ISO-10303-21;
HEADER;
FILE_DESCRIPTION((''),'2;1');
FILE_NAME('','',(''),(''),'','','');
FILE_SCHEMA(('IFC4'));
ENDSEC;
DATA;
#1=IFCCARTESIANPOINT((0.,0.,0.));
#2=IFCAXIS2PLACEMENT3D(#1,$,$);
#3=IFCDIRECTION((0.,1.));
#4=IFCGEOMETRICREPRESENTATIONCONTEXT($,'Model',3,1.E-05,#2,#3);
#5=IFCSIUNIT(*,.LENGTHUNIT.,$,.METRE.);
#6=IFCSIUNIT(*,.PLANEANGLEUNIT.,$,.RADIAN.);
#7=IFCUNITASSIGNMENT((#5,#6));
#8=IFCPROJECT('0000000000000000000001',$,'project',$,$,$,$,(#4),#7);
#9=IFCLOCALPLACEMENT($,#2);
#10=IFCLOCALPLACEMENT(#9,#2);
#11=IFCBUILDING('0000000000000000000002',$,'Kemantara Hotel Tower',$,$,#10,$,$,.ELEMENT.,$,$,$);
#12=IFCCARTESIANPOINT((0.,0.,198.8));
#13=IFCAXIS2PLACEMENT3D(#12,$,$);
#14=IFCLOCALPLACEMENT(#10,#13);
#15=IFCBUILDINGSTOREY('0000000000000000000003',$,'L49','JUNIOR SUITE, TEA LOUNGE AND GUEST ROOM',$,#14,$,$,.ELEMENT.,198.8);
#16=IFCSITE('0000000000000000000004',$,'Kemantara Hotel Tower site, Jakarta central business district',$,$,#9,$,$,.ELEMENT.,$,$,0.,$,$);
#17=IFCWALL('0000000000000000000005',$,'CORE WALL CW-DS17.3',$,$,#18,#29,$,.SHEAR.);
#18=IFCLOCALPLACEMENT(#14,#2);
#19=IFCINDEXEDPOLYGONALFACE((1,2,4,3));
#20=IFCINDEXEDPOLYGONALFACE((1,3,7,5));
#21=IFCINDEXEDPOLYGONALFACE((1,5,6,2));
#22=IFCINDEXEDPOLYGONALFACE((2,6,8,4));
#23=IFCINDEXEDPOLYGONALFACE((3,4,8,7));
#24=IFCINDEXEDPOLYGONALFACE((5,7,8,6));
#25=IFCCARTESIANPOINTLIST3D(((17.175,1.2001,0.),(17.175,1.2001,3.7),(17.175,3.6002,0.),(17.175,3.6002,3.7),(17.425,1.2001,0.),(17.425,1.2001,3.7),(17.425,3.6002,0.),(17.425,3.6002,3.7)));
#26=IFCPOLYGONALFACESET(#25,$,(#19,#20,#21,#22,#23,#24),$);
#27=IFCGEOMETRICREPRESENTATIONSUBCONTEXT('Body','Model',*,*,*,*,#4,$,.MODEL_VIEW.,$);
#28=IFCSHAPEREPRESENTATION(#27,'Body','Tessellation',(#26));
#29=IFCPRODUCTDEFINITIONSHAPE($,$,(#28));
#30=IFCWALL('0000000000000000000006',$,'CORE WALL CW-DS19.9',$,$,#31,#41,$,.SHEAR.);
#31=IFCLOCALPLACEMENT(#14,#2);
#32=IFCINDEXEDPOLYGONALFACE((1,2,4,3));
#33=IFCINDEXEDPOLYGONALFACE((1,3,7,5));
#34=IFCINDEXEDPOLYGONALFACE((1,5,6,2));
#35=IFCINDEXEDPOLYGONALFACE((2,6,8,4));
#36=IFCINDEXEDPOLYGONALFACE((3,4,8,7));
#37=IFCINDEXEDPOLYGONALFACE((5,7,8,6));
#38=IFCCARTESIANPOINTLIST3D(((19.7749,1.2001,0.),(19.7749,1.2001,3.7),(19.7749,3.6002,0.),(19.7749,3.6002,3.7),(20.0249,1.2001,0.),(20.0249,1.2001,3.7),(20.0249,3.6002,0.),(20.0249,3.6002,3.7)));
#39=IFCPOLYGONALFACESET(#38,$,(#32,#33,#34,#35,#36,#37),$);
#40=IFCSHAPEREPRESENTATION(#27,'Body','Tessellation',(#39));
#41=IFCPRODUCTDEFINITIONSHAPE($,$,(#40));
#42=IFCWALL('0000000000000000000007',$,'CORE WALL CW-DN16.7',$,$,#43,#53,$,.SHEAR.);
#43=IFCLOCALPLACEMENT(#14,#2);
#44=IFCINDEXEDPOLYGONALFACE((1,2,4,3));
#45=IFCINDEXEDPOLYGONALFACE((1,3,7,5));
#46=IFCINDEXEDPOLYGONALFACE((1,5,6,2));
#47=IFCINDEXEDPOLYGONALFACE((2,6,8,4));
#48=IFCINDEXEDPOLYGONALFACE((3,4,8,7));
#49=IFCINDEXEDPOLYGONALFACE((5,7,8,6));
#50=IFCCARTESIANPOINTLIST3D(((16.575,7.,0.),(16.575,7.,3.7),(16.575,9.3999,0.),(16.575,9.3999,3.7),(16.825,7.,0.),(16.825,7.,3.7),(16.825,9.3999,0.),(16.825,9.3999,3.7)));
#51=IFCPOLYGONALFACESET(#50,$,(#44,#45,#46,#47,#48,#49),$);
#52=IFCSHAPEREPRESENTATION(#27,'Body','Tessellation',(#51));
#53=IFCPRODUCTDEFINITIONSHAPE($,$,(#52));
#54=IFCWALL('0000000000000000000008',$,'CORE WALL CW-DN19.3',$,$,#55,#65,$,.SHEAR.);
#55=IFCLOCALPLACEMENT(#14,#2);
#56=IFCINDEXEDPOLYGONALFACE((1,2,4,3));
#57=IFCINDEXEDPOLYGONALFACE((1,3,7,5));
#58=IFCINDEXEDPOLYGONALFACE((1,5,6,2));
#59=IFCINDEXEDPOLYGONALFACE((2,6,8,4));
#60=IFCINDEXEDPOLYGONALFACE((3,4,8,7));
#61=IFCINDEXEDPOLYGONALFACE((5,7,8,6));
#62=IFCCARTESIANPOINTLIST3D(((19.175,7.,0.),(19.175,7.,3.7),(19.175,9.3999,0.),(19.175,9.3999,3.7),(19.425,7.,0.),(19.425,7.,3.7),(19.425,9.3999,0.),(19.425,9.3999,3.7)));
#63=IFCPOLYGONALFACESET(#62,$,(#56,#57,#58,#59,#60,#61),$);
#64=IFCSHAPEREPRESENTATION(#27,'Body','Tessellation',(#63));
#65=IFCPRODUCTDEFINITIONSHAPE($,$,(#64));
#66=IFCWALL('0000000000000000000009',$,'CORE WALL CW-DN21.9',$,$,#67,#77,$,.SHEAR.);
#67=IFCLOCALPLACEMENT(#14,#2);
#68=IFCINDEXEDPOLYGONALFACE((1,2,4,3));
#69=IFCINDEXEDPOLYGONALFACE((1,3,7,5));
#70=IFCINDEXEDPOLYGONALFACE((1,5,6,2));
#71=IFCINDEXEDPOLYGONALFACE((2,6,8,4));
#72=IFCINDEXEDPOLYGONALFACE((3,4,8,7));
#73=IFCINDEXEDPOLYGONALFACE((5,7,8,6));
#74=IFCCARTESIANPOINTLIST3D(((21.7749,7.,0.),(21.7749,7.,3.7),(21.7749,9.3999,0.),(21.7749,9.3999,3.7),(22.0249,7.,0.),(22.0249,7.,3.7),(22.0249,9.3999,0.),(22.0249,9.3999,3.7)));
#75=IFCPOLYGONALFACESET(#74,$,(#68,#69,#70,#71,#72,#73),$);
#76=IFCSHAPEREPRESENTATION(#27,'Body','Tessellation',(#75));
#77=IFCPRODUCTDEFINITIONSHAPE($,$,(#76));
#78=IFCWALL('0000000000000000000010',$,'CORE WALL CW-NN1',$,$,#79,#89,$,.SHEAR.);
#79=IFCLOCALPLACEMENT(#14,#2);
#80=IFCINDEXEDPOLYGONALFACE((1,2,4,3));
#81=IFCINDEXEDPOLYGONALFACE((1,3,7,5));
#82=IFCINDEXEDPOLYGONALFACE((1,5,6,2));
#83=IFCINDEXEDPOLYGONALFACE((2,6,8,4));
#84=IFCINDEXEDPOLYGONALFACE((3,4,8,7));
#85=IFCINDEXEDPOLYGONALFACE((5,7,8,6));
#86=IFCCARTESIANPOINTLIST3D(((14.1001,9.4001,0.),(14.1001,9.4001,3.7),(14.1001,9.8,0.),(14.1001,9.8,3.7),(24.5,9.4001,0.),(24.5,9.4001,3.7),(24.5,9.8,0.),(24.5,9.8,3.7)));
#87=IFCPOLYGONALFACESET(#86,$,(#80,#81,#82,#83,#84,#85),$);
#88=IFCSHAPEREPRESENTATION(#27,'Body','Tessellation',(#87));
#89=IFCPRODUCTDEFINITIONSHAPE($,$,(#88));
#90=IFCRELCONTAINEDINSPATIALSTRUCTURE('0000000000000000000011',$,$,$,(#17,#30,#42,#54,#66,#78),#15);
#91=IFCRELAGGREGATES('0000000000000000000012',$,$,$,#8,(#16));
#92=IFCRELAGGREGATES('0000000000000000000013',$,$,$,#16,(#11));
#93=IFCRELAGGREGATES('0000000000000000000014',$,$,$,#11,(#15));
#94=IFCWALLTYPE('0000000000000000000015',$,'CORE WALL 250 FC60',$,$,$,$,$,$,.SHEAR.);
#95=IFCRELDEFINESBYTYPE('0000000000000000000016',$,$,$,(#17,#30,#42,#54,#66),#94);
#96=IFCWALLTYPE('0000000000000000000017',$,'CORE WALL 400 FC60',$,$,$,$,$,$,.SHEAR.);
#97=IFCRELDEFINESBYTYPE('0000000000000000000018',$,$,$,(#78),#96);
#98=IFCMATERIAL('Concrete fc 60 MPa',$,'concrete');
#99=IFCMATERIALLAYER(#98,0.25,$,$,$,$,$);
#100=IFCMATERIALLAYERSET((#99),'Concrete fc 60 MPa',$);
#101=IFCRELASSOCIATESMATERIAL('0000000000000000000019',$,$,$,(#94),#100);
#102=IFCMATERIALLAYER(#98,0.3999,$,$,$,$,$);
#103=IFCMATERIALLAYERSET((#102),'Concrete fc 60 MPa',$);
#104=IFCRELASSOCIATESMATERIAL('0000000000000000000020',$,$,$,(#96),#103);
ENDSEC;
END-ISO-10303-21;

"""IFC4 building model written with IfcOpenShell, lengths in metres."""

from ifc_helpers import new_model, si_unit, direction, frame, frame_2d, origin, place, context, subcontext, project, spatial, rectangle, extrude, material, layer, layer_set, type_object, element, save


model = new_model("IFC4")

# Units and contexts
model_context = context("Model", 3, precision=1e-05, world=origin(), true_north=direction((0.0, 1.0)))
body_context = subcontext(model_context, "Body", "Model", "MODEL_VIEW")
ifc_project = project(units=[si_unit("LENGTHUNIT", "METRE"), si_unit("PLANEANGLEUNIT", "RADIAN")], contexts=[model_context])

# Site, building, storey
site_placement = place(None, origin())
site = spatial("IfcSite", under=ifc_project, at=site_placement, Name="Kemantara Hotel Tower site, Jakarta central business district", CompositionType="ELEMENT", RefElevation=0.0)
building_placement = place(site_placement, origin())
building = spatial("IfcBuilding", under=site, at=building_placement, Name="Kemantara Hotel Tower", CompositionType="ELEMENT")
storey_placement = place(building_placement, frame((0.0, 0.0, 198.8)))
storey = spatial("IfcBuildingStorey", under=building, at=storey_placement, Name="L49", Description="JUNIOR SUITE, TEA LOUNGE AND GUEST ROOM", CompositionType="ELEMENT", Elevation=198.8)

# Walls
ifc_material_1 = material(Name="Concrete fc 60 MPa", Category="concrete")
ifc_layer_1 = layer(ifc_material_1, 0.25)
ifc_layer_set_1 = layer_set([ifc_layer_1], Name="Concrete fc 60 MPa")
wall_type_1 = type_object("IfcWallType", Name="CORE WALL 250 FC60", PredefinedType="SHEAR", material=ifc_layer_set_1)
for number, where, z_axis, x_axis, name in (
    (1, (17.3, 1.2, 0.0), (0.0, 0.0, 1.0), (0.0, 1.0, 0.0), "CORE WALL CW-DS17.3"),
    (2, (19.8999, 1.2, 0.0), (0.0, 0.0, 1.0), (0.0, 1.0, 0.0), "CORE WALL CW-DS19.9"),
):
    element("IfcWall", number, at=place(storey_placement, frame(where, z_axis=z_axis, x_axis=x_axis)), inside=storey, type_object=wall_type_1, Name=name, PredefinedType="SHEAR", context=body_context, shape_type="SweptSolid", body=[
        extrude(rectangle(XDim=2.4001, YDim=0.25, at=frame_2d((1.2002, 0.0))), origin(), (0.0, 0.0, 1.0), 3.7),
    ])
for number, where, z_axis, x_axis, name in (
    (3, (16.7, 7.0, 0.0), (0.0, 0.0, 1.0), (0.0, 1.0, 0.0), "CORE WALL CW-DN16.7"),
    (4, (19.3, 7.0, 0.0), (0.0, 0.0, 1.0), (0.0, 1.0, 0.0), "CORE WALL CW-DN19.3"),
    (5, (21.8999, 7.0, 0.0), (0.0, 0.0, 1.0), (0.0, 1.0, 0.0), "CORE WALL CW-DN21.9"),
):
    element("IfcWall", number, at=place(storey_placement, frame(where, z_axis=z_axis, x_axis=x_axis)), inside=storey, type_object=wall_type_1, Name=name, PredefinedType="SHEAR", context=body_context, shape_type="SweptSolid", body=[
        extrude(rectangle(XDim=2.3999, YDim=0.25, at=frame_2d((1.2, 0.0))), origin(), (0.0, 0.0, 1.0), 3.7),
    ])
ifc_layer_2 = layer(ifc_material_1, 0.3999)
ifc_layer_set_2 = layer_set([ifc_layer_2], Name="Concrete fc 60 MPa")
wall_type_2 = type_object("IfcWallType", Name="CORE WALL 400 FC60", PredefinedType="SHEAR", material=ifc_layer_set_2)
wall_1_placement = place(storey_placement, frame((14.1001, 9.6001, 0.0), z_axis=(0.0, 0.0, 1.0), x_axis=(1.0, 0.0, 0.0)))
element("IfcWall", 6, at=wall_1_placement, inside=storey, type_object=wall_type_2, Name="CORE WALL CW-NN1", PredefinedType="SHEAR", context=body_context, shape_type="SweptSolid", body=[
    extrude(rectangle(XDim=10.3999, YDim=0.3999, at=frame_2d((5.2, 0.0))), origin(), (0.0, 0.0, 1.0), 3.7),
])

save(model, "model.ifc")
